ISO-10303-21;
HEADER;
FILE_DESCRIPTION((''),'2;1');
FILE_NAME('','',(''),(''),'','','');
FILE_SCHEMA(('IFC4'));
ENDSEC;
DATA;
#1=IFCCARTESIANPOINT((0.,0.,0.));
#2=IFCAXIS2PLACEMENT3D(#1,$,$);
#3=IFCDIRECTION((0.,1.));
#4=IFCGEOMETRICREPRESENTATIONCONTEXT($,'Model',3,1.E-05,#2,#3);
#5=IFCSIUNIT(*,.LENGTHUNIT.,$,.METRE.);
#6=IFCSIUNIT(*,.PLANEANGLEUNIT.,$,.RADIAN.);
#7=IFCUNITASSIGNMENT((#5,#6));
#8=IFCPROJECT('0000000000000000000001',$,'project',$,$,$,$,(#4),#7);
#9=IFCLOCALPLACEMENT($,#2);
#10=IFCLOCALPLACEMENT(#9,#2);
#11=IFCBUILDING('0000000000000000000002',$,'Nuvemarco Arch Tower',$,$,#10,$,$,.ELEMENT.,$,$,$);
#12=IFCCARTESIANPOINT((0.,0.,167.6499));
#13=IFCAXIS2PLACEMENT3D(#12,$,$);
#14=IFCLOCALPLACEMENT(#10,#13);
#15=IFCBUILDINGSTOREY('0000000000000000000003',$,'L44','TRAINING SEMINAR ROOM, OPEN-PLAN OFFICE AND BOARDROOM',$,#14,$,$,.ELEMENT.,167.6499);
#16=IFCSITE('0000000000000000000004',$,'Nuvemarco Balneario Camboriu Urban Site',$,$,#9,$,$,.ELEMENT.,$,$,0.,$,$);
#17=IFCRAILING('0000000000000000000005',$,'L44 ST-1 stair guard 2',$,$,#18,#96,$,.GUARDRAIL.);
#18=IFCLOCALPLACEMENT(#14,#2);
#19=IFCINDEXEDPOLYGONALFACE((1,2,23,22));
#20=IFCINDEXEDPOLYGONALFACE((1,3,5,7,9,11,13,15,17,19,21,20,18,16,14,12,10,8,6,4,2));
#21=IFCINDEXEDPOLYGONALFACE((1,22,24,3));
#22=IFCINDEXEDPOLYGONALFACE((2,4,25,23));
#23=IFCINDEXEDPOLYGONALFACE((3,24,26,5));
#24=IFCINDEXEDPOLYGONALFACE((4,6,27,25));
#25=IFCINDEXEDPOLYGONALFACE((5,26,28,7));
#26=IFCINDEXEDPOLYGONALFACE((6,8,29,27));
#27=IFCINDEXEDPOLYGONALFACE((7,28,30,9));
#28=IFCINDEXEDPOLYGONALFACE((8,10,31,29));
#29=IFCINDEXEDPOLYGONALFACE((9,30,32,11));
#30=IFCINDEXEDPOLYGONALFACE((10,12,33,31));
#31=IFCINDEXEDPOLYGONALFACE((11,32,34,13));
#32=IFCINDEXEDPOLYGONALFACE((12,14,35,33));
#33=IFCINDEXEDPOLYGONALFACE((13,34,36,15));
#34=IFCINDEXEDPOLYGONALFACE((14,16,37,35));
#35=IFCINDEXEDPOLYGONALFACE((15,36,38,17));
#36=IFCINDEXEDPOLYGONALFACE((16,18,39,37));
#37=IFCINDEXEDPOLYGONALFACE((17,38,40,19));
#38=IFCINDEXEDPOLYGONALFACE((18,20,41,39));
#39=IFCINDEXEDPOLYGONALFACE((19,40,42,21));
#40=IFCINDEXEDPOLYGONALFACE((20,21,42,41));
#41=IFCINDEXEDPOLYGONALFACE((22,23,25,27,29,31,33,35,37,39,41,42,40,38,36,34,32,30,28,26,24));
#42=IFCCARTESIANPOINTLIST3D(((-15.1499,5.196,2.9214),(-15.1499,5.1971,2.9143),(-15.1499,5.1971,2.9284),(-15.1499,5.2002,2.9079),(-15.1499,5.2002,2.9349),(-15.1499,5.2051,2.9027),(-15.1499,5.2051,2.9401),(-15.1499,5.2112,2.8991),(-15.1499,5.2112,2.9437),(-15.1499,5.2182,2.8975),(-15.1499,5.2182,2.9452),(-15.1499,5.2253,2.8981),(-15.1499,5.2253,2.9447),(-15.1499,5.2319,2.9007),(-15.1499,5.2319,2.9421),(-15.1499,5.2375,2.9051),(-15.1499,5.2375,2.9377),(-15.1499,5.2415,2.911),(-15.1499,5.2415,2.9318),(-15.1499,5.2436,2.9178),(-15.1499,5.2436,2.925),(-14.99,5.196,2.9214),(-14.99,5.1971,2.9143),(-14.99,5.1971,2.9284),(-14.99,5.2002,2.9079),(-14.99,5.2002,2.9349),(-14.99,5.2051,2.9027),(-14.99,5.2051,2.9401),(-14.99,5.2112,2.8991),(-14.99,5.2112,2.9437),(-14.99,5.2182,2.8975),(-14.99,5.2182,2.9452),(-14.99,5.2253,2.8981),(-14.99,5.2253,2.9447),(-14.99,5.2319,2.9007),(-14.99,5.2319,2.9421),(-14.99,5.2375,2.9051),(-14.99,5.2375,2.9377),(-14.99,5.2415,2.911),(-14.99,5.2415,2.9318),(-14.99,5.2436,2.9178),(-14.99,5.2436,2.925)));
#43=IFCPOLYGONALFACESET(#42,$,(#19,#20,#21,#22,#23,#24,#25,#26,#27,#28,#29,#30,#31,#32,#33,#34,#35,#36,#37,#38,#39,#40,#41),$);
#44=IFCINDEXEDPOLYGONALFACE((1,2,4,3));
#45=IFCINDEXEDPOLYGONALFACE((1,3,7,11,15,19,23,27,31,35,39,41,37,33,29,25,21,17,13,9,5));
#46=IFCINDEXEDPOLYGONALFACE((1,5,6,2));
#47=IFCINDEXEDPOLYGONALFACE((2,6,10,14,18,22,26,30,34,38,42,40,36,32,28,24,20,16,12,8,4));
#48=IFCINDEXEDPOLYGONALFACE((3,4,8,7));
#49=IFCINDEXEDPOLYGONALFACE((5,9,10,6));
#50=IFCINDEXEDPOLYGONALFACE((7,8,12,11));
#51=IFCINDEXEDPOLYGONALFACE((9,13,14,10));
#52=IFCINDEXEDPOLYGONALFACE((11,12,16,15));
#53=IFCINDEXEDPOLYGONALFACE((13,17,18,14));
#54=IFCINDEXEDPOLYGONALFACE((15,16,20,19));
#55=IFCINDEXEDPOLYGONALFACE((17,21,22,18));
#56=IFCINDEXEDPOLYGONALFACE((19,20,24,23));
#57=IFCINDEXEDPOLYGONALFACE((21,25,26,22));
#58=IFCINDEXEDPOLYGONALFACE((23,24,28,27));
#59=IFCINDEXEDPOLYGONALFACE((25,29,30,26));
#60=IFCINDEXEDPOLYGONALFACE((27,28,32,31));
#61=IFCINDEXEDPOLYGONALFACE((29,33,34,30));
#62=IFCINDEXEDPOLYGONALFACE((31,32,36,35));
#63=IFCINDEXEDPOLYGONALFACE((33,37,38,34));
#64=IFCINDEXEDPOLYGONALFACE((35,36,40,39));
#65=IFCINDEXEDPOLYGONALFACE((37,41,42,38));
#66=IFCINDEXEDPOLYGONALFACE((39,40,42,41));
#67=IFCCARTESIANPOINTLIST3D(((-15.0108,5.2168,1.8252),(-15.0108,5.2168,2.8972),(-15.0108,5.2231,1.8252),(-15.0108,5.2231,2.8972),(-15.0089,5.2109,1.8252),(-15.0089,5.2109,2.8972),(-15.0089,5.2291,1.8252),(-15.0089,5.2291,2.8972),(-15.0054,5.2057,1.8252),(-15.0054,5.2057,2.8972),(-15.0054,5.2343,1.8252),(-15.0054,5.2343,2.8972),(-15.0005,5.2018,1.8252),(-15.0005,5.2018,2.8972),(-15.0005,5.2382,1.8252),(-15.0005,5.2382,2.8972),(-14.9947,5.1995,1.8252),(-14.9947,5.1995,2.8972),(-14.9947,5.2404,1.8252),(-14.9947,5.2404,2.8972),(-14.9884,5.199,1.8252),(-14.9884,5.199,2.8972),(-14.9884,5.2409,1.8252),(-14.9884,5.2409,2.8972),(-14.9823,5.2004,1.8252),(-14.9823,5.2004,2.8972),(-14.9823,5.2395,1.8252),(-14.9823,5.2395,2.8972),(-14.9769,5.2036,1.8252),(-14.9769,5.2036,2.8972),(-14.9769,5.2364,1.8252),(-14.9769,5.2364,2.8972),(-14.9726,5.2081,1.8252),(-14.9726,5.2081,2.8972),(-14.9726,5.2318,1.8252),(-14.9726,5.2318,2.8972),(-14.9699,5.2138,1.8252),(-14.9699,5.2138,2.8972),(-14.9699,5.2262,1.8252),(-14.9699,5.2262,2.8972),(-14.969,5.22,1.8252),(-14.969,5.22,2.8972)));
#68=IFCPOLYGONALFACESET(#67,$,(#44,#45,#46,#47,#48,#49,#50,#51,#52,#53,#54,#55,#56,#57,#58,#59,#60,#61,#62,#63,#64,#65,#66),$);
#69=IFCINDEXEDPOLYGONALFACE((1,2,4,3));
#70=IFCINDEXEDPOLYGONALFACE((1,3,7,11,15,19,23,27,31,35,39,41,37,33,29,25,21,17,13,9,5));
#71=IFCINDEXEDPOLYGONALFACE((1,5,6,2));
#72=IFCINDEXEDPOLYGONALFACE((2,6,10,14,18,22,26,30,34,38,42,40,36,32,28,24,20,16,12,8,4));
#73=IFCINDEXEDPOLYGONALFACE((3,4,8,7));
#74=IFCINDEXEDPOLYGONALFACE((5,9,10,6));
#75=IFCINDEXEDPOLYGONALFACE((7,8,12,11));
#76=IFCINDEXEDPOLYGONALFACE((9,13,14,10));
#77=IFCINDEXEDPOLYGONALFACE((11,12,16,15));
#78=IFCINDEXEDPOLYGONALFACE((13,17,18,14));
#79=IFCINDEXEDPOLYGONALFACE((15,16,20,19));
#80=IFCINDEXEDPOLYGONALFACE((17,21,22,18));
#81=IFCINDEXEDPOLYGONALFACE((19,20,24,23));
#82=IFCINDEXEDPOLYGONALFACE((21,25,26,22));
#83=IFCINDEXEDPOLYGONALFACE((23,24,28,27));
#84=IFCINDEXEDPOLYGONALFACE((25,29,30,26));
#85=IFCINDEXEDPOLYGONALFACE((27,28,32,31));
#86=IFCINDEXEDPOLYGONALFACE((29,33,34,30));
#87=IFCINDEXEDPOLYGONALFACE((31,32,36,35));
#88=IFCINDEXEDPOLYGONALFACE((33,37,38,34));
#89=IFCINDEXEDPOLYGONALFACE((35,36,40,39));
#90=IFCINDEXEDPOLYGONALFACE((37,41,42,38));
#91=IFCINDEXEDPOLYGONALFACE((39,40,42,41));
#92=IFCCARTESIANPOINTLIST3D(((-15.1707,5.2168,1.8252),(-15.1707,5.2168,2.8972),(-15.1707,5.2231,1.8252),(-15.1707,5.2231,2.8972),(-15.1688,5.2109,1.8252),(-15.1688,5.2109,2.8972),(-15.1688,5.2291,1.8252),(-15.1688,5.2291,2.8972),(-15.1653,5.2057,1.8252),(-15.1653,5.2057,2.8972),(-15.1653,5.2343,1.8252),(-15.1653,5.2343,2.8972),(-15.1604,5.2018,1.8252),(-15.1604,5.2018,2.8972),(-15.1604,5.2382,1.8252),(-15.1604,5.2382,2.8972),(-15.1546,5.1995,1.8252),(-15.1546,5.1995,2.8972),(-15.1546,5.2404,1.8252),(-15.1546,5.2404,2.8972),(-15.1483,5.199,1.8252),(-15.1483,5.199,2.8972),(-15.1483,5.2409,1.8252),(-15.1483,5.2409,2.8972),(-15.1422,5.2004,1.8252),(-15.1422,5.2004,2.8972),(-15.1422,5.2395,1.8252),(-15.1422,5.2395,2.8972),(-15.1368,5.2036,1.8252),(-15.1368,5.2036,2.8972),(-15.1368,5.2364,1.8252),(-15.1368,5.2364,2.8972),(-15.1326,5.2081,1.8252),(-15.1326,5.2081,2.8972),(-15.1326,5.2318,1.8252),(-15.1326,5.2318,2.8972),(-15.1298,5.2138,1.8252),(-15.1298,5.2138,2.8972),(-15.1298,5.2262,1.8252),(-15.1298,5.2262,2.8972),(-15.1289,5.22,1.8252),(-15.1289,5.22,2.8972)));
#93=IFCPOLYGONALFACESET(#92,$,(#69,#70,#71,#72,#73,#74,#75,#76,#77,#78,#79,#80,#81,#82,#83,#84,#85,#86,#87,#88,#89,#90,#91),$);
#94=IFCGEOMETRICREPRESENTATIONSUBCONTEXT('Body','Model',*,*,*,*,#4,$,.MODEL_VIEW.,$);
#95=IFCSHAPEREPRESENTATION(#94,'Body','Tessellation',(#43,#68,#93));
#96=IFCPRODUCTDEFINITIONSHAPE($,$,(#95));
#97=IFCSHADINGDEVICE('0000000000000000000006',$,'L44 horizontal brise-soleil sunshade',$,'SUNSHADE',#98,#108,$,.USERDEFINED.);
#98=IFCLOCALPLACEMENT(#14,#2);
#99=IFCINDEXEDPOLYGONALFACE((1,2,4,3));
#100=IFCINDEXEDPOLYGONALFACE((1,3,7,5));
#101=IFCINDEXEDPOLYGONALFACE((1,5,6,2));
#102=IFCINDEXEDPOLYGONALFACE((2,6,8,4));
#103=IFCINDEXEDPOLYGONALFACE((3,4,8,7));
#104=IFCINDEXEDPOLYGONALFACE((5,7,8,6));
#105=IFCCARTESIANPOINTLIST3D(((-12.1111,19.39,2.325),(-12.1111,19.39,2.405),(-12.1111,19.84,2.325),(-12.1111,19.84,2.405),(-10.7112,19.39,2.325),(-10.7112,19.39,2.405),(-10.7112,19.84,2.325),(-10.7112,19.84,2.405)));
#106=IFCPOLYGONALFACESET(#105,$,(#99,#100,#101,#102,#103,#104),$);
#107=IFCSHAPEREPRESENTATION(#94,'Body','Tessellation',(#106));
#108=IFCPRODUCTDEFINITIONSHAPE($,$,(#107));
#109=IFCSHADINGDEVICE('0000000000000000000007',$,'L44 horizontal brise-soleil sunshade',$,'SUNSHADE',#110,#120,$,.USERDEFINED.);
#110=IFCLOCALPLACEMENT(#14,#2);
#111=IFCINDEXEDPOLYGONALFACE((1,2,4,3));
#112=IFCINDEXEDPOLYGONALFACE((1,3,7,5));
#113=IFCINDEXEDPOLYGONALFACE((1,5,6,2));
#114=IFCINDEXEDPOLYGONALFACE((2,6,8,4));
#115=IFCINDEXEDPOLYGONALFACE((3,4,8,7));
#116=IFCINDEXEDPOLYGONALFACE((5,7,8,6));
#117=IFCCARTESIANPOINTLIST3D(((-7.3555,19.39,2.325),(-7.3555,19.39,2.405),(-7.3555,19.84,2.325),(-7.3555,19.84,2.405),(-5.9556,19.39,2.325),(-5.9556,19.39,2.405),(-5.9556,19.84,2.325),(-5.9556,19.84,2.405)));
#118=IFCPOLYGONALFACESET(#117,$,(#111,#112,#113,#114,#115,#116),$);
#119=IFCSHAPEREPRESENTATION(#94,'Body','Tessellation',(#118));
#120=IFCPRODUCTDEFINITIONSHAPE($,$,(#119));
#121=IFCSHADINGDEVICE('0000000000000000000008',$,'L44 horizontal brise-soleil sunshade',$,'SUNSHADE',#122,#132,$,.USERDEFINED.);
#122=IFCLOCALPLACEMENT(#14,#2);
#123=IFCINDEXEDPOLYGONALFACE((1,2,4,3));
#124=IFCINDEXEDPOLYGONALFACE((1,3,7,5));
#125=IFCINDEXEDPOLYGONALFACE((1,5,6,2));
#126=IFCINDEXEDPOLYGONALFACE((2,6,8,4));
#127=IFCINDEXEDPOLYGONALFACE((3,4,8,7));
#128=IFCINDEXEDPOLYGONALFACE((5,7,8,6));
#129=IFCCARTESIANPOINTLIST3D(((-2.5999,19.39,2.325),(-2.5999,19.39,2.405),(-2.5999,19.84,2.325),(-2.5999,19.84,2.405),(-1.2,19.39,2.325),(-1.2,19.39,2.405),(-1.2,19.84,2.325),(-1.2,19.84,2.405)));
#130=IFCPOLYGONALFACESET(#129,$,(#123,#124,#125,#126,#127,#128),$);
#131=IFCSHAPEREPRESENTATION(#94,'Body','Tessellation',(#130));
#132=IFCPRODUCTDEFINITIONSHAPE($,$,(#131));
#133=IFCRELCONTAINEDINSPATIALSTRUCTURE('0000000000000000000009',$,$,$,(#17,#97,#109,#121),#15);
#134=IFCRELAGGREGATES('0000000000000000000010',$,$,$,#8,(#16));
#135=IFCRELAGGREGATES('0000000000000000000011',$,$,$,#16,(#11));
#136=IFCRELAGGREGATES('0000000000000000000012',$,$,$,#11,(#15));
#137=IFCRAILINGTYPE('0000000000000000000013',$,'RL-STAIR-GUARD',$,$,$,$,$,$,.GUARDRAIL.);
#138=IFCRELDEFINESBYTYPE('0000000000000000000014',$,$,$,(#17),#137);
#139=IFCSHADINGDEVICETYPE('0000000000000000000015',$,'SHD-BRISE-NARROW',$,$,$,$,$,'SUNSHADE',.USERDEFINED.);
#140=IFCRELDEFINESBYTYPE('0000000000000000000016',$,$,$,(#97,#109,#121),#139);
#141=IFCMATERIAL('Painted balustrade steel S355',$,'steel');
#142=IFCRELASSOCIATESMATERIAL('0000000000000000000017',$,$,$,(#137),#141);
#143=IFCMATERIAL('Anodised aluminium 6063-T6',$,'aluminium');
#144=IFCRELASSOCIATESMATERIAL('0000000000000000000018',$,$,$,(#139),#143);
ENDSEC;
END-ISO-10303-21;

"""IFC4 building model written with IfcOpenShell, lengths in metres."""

from ifc_helpers import new_model, si_unit, direction, frame, origin, origin_2d, place, context, subcontext, project, spatial, rectangle, circle, extrude, source, transform, mapped, material, type_object, type_shapes, element, save


model = new_model("IFC4")

# Units and contexts
model_context = context("Model", 3, precision=1e-05, world=origin(), true_north=direction((0.0, 1.0)))
body_context = subcontext(model_context, "Body", "Model", "MODEL_VIEW")
ifc_project = project(units=[si_unit("LENGTHUNIT", "METRE"), si_unit("PLANEANGLEUNIT", "RADIAN")], contexts=[model_context])

# Site, building, storey
site_placement = place(None, origin())
site = spatial("IfcSite", under=ifc_project, at=site_placement, Name="Nuvemarco Balneario Camboriu Urban Site", CompositionType="ELEMENT", RefElevation=0.0)
building_placement = place(site_placement, origin())
building = spatial("IfcBuilding", under=site, at=building_placement, Name="Nuvemarco Arch Tower", CompositionType="ELEMENT")
storey_placement = place(building_placement, frame((0.0, 0.0, 167.6499)))
storey = spatial("IfcBuildingStorey", under=building, at=storey_placement, Name="L44", Description="TRAINING SEMINAR ROOM, OPEN-PLAN OFFICE AND BOARDROOM", CompositionType="ELEMENT", Elevation=167.6499)

# Railing
ifc_material_1 = material(Name="Painted balustrade steel S355", Category="steel")
railing_type_1 = type_object("IfcRailingType", Name="RL-STAIR-GUARD", PredefinedType="GUARDRAIL", material=ifc_material_1)
railing_1_placement = place(storey_placement, frame((-14.99, 5.22, 1.8252)))
element("IfcRailing", 1, at=railing_1_placement, inside=storey, type_object=railing_type_1, Name="L44 ST-1 stair guard 2", PredefinedType="GUARDRAIL", context=body_context, shape_type="SweptSolid", body=[
    extrude(circle(Radius=0.0239, at=origin_2d()), frame((0.0, 0.0, 1.0962), z_axis=(-1.0, 0.0, 0.0), x_axis=(0.0, -1.0, 0.0)), (0.0, 0.0, 1.0), 0.1599),
    extrude(circle(Radius=0.021, at=origin_2d()), origin(), (0.0, 0.0, 1.0), 1.072),
    extrude(circle(Radius=0.021, at=origin_2d()), frame((-0.1599, 0.0, 0.0)), (0.0, 0.0, 1.0), 1.072),
])

# Shading devices
ifc_material_2 = material(Name="Anodised aluminium 6063-T6", Category="aluminium")
shading_device_type = type_object("IfcShadingDeviceType", Name="SHD-BRISE-NARROW", ElementType="SUNSHADE", PredefinedType="USERDEFINED", material=ifc_material_2)
shared_shape_1 = source(origin(), body_context, "Body", "SweptSolid", [
    extrude(rectangle(XDim=1.3999, YDim=0.45, at=origin_2d()), origin(), (0.0, 0.0, 1.0), 0.0801),
])
type_shapes(shading_device_type, [shared_shape_1])
for number, where, z_axis, x_axis, name in (
    (2, (-11.4111, 19.615, 2.325), (0.0, 0.0, 1.0), (1.0, 0.0, 0.0), "L44 horizontal brise-soleil sunshade"),
    (3, (-6.6555, 19.615, 2.325), (0.0, 0.0, 1.0), (1.0, 0.0, 0.0), "L44 horizontal brise-soleil sunshade"),
    (4, (-1.8999, 19.615, 2.325), (0.0, 0.0, 1.0), (1.0, 0.0, 0.0), "L44 horizontal brise-soleil sunshade"),
):
    element("IfcShadingDevice", number, at=place(storey_placement, frame(where, z_axis=z_axis, x_axis=x_axis)), inside=storey, type_object=shading_device_type, Name=name, ObjectType="SUNSHADE", PredefinedType="USERDEFINED", context=body_context, shape_type="MappedRepresentation", body=[
        mapped(shared_shape_1, transform((0.0, 0.0, 0.0), scale=1.0)),
    ])

save(model, "model.ifc")
